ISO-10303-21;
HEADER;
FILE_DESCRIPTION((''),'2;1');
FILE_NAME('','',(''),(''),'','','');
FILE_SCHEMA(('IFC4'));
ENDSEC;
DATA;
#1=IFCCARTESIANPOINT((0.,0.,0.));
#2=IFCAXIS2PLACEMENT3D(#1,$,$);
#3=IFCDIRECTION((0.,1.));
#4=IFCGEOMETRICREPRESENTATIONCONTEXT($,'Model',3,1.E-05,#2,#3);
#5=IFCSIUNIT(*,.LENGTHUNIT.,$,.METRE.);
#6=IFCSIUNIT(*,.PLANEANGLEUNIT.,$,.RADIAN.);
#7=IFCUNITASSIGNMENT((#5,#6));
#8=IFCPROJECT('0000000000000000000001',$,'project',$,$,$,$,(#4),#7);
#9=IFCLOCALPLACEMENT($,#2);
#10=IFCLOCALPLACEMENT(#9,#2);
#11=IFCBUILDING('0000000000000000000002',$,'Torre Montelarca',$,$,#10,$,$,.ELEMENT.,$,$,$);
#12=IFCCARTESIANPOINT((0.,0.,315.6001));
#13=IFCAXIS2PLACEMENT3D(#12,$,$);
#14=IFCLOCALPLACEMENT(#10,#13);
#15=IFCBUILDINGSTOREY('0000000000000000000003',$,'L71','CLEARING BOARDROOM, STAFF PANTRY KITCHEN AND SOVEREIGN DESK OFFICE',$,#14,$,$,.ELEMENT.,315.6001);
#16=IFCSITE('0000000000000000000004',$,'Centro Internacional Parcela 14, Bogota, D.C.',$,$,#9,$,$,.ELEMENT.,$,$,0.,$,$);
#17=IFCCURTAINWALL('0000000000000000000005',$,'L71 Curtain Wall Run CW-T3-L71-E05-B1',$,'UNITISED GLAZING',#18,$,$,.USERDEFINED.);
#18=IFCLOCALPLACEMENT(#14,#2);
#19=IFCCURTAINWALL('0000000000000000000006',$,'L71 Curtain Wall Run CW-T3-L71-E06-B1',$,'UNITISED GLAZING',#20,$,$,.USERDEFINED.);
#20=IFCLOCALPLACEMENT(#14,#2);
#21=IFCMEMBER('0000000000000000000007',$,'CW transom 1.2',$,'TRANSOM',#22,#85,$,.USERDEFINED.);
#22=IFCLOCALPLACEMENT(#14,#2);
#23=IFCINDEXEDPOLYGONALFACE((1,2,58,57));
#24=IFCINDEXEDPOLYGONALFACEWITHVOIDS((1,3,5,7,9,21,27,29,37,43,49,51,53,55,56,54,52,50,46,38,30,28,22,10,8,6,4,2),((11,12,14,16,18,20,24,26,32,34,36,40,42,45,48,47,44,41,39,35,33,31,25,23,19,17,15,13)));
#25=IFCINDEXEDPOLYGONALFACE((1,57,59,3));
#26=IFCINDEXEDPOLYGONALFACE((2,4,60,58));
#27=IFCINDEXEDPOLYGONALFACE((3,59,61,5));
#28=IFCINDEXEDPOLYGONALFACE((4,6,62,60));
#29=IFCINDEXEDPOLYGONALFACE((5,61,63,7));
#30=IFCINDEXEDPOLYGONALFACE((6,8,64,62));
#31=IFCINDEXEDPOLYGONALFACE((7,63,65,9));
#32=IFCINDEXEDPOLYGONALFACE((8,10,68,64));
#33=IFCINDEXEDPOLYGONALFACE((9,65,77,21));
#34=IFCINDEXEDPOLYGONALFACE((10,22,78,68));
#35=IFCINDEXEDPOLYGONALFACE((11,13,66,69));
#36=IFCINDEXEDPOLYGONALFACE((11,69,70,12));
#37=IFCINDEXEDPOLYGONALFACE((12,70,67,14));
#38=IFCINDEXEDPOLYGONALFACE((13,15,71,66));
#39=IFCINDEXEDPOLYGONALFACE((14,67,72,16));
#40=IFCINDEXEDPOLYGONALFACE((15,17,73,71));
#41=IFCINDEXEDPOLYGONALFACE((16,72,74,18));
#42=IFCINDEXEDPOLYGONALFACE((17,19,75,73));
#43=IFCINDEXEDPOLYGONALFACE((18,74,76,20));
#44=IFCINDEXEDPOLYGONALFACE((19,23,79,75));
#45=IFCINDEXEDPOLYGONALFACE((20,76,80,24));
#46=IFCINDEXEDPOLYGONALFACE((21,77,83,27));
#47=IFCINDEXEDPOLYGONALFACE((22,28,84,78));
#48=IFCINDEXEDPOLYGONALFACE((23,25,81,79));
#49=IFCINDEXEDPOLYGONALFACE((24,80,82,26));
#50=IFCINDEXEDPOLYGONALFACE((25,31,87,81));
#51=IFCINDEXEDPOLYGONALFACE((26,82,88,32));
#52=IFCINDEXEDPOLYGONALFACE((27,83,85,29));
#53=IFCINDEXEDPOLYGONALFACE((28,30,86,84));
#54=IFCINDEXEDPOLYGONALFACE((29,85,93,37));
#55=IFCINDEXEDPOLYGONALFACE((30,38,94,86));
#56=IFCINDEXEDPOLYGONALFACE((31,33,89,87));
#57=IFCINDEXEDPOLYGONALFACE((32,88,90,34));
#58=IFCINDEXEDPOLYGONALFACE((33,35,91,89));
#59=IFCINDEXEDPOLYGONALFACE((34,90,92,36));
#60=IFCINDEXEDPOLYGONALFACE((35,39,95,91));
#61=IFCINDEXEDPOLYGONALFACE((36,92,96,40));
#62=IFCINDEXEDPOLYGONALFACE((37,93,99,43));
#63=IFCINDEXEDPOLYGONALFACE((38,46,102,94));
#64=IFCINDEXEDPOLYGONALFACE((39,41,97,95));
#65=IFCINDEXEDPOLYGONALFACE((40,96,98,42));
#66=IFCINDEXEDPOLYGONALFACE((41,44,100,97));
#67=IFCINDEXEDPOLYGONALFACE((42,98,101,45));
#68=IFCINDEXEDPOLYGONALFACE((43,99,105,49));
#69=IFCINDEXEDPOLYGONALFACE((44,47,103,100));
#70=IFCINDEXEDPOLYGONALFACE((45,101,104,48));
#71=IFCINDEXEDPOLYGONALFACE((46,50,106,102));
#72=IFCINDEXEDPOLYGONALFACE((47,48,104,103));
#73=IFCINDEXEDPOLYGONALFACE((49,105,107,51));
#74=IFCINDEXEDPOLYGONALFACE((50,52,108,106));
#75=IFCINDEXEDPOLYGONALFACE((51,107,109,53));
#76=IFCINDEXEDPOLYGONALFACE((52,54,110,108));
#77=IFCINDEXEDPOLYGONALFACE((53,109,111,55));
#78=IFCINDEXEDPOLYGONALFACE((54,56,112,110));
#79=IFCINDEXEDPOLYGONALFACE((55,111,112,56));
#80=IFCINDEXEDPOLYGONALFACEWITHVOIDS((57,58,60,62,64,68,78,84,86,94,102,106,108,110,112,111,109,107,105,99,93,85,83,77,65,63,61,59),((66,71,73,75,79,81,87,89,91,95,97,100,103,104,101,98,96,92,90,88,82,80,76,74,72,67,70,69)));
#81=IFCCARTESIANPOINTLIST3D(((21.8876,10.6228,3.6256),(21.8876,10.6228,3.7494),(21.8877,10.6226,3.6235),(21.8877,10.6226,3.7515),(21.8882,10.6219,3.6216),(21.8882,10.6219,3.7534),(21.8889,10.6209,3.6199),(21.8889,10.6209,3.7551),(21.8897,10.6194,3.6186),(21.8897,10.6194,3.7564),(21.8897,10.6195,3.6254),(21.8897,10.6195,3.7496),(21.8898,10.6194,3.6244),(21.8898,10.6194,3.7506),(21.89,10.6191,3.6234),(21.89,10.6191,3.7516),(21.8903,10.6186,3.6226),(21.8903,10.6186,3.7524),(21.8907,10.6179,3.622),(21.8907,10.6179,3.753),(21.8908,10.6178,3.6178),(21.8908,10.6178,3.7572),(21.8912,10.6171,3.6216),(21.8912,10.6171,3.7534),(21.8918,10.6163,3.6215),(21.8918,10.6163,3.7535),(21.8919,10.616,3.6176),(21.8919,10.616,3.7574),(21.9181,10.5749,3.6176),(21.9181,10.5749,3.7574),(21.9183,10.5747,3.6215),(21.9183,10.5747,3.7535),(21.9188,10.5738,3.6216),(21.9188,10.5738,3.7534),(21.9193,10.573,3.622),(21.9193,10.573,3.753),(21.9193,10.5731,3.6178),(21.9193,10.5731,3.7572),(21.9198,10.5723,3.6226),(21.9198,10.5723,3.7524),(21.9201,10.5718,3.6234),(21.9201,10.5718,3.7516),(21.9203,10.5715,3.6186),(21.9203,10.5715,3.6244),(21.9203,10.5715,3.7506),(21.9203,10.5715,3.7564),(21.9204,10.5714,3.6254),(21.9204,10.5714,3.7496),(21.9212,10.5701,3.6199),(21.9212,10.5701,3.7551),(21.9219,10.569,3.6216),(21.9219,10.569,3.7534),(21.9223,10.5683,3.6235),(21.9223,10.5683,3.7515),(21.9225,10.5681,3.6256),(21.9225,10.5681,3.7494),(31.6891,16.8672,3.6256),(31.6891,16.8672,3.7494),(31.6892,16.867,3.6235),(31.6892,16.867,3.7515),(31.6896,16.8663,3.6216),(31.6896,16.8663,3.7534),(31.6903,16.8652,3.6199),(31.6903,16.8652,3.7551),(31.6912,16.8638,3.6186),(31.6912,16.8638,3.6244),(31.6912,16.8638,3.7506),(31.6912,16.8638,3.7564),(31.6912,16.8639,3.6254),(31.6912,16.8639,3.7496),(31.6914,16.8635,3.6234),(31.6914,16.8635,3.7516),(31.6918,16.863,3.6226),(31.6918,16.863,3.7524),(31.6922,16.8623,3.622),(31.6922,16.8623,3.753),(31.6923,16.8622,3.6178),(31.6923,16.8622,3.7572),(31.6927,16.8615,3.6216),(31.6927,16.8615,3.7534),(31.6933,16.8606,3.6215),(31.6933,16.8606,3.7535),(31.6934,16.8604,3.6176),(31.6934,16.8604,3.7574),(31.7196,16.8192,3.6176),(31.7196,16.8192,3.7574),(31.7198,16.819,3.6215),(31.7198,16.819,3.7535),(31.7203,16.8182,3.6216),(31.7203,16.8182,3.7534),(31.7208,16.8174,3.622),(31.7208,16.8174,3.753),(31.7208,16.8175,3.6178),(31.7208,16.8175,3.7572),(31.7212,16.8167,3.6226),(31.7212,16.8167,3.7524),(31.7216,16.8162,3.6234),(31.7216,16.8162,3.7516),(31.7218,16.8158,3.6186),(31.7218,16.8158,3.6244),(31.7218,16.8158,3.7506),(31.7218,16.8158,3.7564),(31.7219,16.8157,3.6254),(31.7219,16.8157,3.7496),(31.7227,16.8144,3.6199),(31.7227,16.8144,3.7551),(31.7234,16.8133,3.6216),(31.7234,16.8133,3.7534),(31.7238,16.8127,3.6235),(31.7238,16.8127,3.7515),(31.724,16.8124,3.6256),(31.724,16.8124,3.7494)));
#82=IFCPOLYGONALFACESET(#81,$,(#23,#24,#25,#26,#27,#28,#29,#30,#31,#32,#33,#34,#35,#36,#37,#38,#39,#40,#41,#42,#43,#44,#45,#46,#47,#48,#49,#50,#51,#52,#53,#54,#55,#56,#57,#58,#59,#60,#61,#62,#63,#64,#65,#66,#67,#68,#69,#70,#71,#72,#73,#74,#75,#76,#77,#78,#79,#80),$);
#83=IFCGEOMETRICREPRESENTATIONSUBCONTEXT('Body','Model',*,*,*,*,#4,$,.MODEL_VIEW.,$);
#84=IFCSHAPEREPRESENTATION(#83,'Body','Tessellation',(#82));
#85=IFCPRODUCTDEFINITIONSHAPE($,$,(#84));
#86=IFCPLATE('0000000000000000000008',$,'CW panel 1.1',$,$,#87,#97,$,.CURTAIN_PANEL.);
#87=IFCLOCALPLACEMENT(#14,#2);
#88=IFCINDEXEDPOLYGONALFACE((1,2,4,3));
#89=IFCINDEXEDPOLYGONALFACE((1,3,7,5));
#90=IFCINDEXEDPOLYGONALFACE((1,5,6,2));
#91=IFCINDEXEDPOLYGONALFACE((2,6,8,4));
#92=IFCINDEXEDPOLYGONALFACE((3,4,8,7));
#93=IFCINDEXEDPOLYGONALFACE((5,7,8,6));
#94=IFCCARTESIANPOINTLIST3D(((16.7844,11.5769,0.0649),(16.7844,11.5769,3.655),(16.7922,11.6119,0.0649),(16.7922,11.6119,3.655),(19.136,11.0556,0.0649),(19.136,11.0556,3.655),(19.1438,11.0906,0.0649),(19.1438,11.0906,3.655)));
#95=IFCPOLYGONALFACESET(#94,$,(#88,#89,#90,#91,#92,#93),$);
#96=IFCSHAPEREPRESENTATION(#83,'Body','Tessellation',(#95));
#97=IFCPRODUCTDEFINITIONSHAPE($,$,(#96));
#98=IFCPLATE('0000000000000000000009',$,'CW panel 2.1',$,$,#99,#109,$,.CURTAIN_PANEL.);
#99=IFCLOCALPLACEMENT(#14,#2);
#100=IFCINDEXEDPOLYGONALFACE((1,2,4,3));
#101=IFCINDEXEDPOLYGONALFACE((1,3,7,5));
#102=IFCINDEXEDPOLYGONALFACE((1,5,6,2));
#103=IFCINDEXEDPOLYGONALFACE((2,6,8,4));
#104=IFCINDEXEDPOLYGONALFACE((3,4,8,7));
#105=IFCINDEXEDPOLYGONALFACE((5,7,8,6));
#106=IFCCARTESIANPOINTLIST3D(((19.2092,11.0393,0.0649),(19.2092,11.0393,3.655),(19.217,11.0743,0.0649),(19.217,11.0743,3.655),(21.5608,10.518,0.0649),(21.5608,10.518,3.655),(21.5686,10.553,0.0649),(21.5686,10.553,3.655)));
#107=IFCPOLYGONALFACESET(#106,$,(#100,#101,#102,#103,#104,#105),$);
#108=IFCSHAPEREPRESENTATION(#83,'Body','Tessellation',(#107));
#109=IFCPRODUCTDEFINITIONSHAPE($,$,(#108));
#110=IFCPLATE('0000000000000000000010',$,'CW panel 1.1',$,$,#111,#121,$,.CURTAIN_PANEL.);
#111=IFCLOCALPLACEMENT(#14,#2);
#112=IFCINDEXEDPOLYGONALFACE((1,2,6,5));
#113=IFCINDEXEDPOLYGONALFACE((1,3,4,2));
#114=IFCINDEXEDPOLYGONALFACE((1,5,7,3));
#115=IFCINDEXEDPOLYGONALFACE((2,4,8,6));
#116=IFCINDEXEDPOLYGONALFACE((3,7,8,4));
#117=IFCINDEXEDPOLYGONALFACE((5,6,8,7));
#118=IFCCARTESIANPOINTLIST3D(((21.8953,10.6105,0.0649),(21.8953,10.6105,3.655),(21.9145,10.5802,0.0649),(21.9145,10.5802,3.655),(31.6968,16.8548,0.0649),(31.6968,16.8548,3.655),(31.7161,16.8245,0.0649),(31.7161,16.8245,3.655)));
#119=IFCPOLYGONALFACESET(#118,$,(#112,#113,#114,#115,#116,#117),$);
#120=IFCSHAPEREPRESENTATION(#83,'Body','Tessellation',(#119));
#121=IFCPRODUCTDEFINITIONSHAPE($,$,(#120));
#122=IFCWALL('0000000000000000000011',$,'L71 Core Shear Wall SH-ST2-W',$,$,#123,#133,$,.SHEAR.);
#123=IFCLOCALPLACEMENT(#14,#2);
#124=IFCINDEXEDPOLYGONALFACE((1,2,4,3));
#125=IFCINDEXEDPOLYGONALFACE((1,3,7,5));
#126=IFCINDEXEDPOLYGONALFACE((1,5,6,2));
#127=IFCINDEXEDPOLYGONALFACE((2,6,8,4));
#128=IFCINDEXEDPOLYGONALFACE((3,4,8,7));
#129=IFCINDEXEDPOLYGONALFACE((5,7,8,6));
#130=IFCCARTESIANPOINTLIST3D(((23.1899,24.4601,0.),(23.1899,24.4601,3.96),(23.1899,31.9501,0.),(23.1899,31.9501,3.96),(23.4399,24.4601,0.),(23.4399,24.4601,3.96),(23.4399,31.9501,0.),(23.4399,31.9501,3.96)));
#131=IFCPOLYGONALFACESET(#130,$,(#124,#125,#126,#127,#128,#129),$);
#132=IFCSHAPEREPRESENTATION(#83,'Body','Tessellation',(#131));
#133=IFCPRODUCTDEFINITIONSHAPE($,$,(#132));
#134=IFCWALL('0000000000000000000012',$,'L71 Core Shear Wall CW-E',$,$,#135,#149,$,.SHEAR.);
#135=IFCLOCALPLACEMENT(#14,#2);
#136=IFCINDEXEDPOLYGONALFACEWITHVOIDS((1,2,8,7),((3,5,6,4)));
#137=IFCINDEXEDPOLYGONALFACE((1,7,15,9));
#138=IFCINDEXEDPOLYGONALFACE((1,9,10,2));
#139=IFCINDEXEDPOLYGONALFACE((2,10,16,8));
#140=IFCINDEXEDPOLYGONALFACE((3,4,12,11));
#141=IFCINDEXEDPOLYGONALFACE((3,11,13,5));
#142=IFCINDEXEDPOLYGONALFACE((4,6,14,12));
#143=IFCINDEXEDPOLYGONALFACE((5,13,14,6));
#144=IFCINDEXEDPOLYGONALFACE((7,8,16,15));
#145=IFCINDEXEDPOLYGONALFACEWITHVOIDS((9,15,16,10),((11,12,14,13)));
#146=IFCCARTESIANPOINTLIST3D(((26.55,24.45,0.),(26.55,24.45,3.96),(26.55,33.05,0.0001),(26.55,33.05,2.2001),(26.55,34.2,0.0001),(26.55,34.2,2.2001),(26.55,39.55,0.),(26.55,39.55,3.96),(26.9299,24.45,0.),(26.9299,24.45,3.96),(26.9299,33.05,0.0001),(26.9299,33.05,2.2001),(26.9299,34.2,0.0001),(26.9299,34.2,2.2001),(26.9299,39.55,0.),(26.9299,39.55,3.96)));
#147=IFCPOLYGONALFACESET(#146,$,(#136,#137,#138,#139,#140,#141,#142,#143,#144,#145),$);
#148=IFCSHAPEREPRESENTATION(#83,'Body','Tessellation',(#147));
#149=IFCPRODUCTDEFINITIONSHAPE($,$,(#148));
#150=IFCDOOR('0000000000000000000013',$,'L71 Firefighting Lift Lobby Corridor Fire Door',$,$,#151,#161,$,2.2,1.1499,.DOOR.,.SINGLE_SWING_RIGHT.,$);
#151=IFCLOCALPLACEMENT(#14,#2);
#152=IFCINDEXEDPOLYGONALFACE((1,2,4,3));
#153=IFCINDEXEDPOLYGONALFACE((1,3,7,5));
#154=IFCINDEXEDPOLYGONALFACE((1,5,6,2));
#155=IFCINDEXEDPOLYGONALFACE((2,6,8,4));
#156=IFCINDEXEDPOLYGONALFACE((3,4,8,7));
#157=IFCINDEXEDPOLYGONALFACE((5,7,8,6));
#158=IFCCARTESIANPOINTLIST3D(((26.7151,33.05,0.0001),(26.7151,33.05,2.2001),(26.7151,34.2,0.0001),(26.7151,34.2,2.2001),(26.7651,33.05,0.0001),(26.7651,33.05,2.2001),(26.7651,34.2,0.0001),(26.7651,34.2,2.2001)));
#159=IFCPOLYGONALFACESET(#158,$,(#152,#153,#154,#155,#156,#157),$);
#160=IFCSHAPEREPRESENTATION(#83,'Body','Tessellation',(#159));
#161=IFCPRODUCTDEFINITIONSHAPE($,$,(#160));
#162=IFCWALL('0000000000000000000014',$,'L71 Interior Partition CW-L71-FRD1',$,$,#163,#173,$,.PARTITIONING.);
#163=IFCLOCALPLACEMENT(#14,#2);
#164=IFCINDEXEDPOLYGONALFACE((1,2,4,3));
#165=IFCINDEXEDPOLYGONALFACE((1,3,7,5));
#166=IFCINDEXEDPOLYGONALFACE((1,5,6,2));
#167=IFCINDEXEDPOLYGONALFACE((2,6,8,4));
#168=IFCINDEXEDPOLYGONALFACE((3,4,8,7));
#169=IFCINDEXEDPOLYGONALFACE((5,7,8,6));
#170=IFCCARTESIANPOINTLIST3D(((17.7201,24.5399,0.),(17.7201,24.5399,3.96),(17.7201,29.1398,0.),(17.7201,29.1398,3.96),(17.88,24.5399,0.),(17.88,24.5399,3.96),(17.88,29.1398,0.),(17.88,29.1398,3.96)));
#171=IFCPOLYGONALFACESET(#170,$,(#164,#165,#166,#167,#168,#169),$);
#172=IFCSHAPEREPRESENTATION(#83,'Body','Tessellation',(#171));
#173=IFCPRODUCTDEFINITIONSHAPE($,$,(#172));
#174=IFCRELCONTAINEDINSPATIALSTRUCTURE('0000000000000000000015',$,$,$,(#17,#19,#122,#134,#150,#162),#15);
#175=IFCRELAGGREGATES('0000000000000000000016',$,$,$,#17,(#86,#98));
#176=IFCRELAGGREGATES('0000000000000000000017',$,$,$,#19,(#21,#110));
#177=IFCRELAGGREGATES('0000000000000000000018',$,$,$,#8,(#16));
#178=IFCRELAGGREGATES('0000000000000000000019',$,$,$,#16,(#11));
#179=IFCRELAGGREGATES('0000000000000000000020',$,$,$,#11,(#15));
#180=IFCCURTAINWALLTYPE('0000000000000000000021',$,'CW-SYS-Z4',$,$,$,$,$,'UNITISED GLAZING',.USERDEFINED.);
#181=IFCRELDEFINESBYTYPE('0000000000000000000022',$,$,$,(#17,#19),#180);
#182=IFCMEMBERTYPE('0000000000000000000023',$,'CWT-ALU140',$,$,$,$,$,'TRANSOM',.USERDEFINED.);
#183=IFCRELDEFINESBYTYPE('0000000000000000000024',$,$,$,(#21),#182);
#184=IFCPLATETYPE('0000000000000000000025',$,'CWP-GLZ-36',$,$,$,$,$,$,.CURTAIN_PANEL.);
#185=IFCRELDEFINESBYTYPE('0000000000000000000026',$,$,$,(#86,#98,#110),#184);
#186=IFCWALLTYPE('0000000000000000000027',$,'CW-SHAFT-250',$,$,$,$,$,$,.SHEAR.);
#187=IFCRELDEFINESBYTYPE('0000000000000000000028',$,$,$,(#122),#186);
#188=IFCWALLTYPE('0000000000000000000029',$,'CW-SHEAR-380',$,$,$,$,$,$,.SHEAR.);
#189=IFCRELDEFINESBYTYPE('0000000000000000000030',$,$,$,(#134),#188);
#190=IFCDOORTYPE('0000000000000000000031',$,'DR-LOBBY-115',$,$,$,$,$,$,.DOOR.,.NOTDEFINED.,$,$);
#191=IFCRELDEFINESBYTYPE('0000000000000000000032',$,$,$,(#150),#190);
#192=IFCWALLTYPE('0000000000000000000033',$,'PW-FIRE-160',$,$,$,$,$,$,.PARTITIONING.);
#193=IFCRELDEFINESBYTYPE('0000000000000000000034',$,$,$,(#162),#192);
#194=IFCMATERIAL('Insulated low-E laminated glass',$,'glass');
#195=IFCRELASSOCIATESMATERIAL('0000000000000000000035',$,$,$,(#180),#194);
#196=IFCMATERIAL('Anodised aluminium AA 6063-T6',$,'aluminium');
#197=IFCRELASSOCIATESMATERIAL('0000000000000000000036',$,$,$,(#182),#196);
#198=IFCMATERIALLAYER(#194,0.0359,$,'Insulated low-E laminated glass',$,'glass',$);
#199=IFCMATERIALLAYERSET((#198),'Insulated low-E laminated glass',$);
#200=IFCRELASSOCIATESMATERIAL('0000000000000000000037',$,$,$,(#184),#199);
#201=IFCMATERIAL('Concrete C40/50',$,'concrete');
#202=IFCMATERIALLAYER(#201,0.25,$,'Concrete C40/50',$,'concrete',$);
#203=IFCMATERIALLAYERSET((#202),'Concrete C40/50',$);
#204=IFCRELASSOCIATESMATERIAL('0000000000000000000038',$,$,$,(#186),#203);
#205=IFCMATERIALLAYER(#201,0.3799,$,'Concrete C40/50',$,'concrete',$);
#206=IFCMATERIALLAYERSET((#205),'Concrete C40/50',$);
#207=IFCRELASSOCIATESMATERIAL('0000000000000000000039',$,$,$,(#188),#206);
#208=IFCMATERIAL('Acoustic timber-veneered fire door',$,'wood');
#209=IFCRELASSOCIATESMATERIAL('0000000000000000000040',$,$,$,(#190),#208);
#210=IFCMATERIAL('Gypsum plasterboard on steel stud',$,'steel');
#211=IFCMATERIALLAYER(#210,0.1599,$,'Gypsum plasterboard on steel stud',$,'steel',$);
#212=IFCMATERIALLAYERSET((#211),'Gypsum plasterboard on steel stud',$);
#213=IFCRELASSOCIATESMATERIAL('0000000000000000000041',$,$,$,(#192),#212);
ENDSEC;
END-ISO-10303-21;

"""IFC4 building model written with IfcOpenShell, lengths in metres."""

from ifc_helpers import new_model, si_unit, direction, frame, frame_2d, origin, origin_2d, place, context, subcontext, project, spatial, rectangle, hollow_rectangle, extrude, source, transform, mapped, material, layer, layer_set, material_profile, profile_set, type_object, element, fill, aggregate, save


model = new_model("IFC4")

# Units and contexts
model_context = context("Model", 3, precision=1e-05, world=origin(), true_north=direction((0.0, 1.0)))
body_context = subcontext(model_context, "Body", "Model", "MODEL_VIEW")
ifc_project = project(units=[si_unit("LENGTHUNIT", "METRE"), si_unit("PLANEANGLEUNIT", "RADIAN")], contexts=[model_context])

# Site, building, storey
site_placement = place(None, origin())
site = spatial("IfcSite", under=ifc_project, at=site_placement, Name="Centro Internacional Parcela 14, Bogota, D.C.", CompositionType="ELEMENT", RefElevation=0.0)
building_placement = place(site_placement, origin())
building = spatial("IfcBuilding", under=site, at=building_placement, Name="Torre Montelarca", CompositionType="ELEMENT")
storey_placement = place(building_placement, frame((0.0, 0.0, 315.6001)))
storey = spatial("IfcBuildingStorey", under=building, at=storey_placement, Name="L71", Description="CLEARING BOARDROOM, STAFF PANTRY KITCHEN AND SOVEREIGN DESK OFFICE", CompositionType="ELEMENT", Elevation=315.6001)

# Curtain wall
ifc_material_1 = material(Name="Insulated low-E laminated glass", Category="glass")
curtain_wall_type = type_object("IfcCurtainWallType", Name="CW-SYS-Z4", ElementType="UNITISED GLAZING", PredefinedType="USERDEFINED", material=ifc_material_1)
curtain_wall_1_placement = place(storey_placement, origin())
curtain_wall_1 = element("IfcCurtainWall", 1, at=curtain_wall_1_placement, inside=storey, type_object=curtain_wall_type, Name="L71 Curtain Wall Run CW-T3-L71-E05-B1", ObjectType="UNITISED GLAZING", PredefinedType="USERDEFINED")
ifc_material_2 = material(Name="Anodised aluminium AA 6063-T6", Category="aluminium")

# Curtain wall
curtain_wall_2_placement = place(storey_placement, origin())
curtain_wall_2 = element("IfcCurtainWall", 2, at=curtain_wall_2_placement, inside=storey, type_object=curtain_wall_type, Name="L71 Curtain Wall Run CW-T3-L71-E06-B1", ObjectType="UNITISED GLAZING", PredefinedType="USERDEFINED")

# Member
ifc_material_profile_1 = material_profile(ifc_material_2, hollow_rectangle(XDim=0.0649, YDim=0.1399, WallThickness=0.0039, InnerFilletRadius=0.0039, OuterFilletRadius=0.0081, at=origin_2d()), Name="ALU65X140X4", Category="aluminium")
ifc_profile_set_1 = profile_set([ifc_material_profile_1], Name="Anodised aluminium AA 6063-T6")
member_type_1 = type_object("IfcMemberType", Name="CWT-ALU140", ElementType="TRANSOM", PredefinedType="USERDEFINED", material=ifc_profile_set_1)
shared_shape_1 = source(origin(), body_context, "Body", "SweptSolid", [
    extrude(hollow_rectangle(XDim=0.0649, YDim=0.1399, WallThickness=0.0039, InnerFilletRadius=0.0039, OuterFilletRadius=0.0081, at=origin_2d()), origin(), (0.0, 0.0, 1.0), 11.6216),
])
member_1_placement = place(storey_placement, frame((21.905, 10.5955, 3.6875), z_axis=(0.843386, 0.537308, 0.0), x_axis=(-0.537308, 0.843386, 0.0)))
member_1 = element("IfcMember", 3, at=member_1_placement, type_object=member_type_1, Name="CW transom 1.2", ObjectType="TRANSOM", PredefinedType="USERDEFINED", context=body_context, shape_type="MappedRepresentation", body=[
    mapped(shared_shape_1, transform((0.0, 0.0, 0.0), scale=1.0)),
])

# Plates
ifc_layer_1 = layer(ifc_material_1, 0.0359, Name="Insulated low-E laminated glass", Category="glass")
ifc_layer_set_1 = layer_set([ifc_layer_1], Name="Insulated low-E laminated glass")
plate_type = type_object("IfcPlateType", Name="CWP-GLZ-36", PredefinedType="CURTAIN_PANEL", material=ifc_layer_set_1)
shared_shape_2 = source(origin(), body_context, "Body", "SweptSolid", [
    extrude(rectangle(XDim=2.4087, YDim=0.0359, at=origin_2d()), origin(), (0.0, 0.0, 1.0), 3.5901),
])
plate_1_placement = place(storey_placement, frame((17.9641, 11.3337, 0.0649), z_axis=(0.0, 0.0, 1.0), x_axis=(0.976296, -0.216439, 0.0)))
plate_1 = element("IfcPlate", 4, at=plate_1_placement, type_object=plate_type, Name="CW panel 1.1", PredefinedType="CURTAIN_PANEL", context=body_context, shape_type="MappedRepresentation", body=[
    mapped(shared_shape_2, transform((0.0, 0.0, 0.0), scale=1.0)),
])
plate_2_placement = place(storey_placement, frame((20.3889, 10.7961, 0.0649), z_axis=(0.0, 0.0, 1.0), x_axis=(0.976296, -0.216439, 0.0)))
plate_2 = element("IfcPlate", 5, at=plate_2_placement, type_object=plate_type, Name="CW panel 2.1", PredefinedType="CURTAIN_PANEL", context=body_context, shape_type="MappedRepresentation", body=[
    mapped(shared_shape_2, transform((0.0, 0.0, 0.0), scale=1.0)),
])
aggregate(curtain_wall_1, [plate_1, plate_2])
shared_shape_3 = source(origin(), body_context, "Body", "SweptSolid", [
    extrude(rectangle(XDim=11.6216, YDim=0.0359, at=origin_2d()), origin(), (0.0, 0.0, 1.0), 3.5901),
])
plate_3_placement = place(storey_placement, frame((26.8057, 13.7175, 0.0649), z_axis=(0.0, 0.0, 1.0), x_axis=(0.84339, 0.537302, 0.0)))
plate_3 = element("IfcPlate", 6, at=plate_3_placement, type_object=plate_type, Name="CW panel 1.1", PredefinedType="CURTAIN_PANEL", context=body_context, shape_type="MappedRepresentation", body=[
    mapped(shared_shape_3, transform((0.0, 0.0, 0.0), scale=1.0)),
])
aggregate(curtain_wall_2, [member_1, plate_3])

# Wall
ifc_material_3 = material(Name="Concrete C40/50", Category="concrete")
ifc_layer_2 = layer(ifc_material_3, 0.25, Name="Concrete C40/50", Category="concrete")
ifc_layer_set_2 = layer_set([ifc_layer_2], Name="Concrete C40/50")
wall_type_1 = type_object("IfcWallType", Name="CW-SHAFT-250", PredefinedType="SHEAR", material=ifc_layer_set_2)
wall_1_placement = place(storey_placement, frame((23.3149, 24.46, 0.0), z_axis=(0.0, 0.0, 1.0), x_axis=(0.0, 1.0, 0.0)))
element("IfcWall", 7, at=wall_1_placement, inside=storey, type_object=wall_type_1, Name="L71 Core Shear Wall SH-ST2-W", PredefinedType="SHEAR", context=body_context, shape_type="SweptSolid", body=[
    extrude(rectangle(XDim=7.49, YDim=0.25, at=frame_2d((3.7451, 0.0))), origin(), (0.0, 0.0, 1.0), 3.96),
])

# Wall, opening, door
ifc_layer_3 = layer(ifc_material_3, 0.3799, Name="Concrete C40/50", Category="concrete")
ifc_layer_set_3 = layer_set([ifc_layer_3], Name="Concrete C40/50")
wall_type_2 = type_object("IfcWallType", Name="CW-SHEAR-380", PredefinedType="SHEAR", material=ifc_layer_set_3)
wall_2_placement = place(storey_placement, frame((26.74, 24.45, 0.0), z_axis=(0.0, 0.0, 1.0), x_axis=(0.0, 1.0, 0.0)))
wall_2 = element("IfcWall", 8, at=wall_2_placement, inside=storey, type_object=wall_type_2, Name="L71 Core Shear Wall CW-E", PredefinedType="SHEAR", context=body_context, shape_type="SweptSolid", body=[
    extrude(rectangle(XDim=15.1001, YDim=0.3799, at=frame_2d((7.55, 0.0))), origin(), (0.0, 0.0, 1.0), 3.96),
])
opening_1_placement = place(wall_2_placement, frame((8.6001, 0.0, 0.0)))
opening_1 = element("IfcOpeningElement", 9, at=opening_1_placement, cuts=wall_2, PredefinedType="OPENING", context=body_context, shape_type="SweptSolid", body=[
    extrude(rectangle(XDim=1.1499, YDim=2.2, at=frame_2d((0.575, 1.1001))), frame((0.0, 0.2, 0.0), z_axis=(0.0, -1.0, 0.0), x_axis=(1.0, 0.0, 0.0)), (0.0, 0.0, 1.0), 0.3999),
])
ifc_material_4 = material(Name="Acoustic timber-veneered fire door", Category="wood")
door_type_1 = type_object("IfcDoorType", Name="DR-LOBBY-115", OperationType="NOTDEFINED", PredefinedType="DOOR", material=ifc_material_4)
shared_shape_4 = source(origin(), body_context, "Body", "SweptSolid", [
    extrude(rectangle(XDim=1.1499, YDim=2.2, at=frame_2d((0.575, 1.1001))), frame((0.0, 0.0249, 0.0), z_axis=(0.0, -1.0, 0.0), x_axis=(1.0, 0.0, 0.0)), (0.0, 0.0, 1.0), 0.05),
])
door_1_placement = place(opening_1_placement, origin())
door_1 = element("IfcDoor", 10, at=door_1_placement, inside=storey, type_object=door_type_1, Name="L71 Firefighting Lift Lobby Corridor Fire Door", OperationType="SINGLE_SWING_RIGHT", OverallHeight=2.2, OverallWidth=1.1499, PredefinedType="DOOR", context=body_context, shape_type="MappedRepresentation", body=[
    mapped(shared_shape_4, transform((0.0, 0.0, 0.0), scale=1.0)),
])
fill(opening_1, door_1)

# Wall
ifc_material_5 = material(Name="Gypsum plasterboard on steel stud", Category="steel")
ifc_layer_4 = layer(ifc_material_5, 0.1599, Name="Gypsum plasterboard on steel stud", Category="steel")
ifc_layer_set_4 = layer_set([ifc_layer_4], Name="Gypsum plasterboard on steel stud")
wall_type_3 = type_object("IfcWallType", Name="PW-FIRE-160", PredefinedType="PARTITIONING", material=ifc_layer_set_4)
wall_3_placement = place(storey_placement, frame((17.8, 24.54, 0.0), z_axis=(0.0, 0.0, 1.0), x_axis=(0.0, 1.0, 0.0)))
element("IfcWall", 11, at=wall_3_placement, inside=storey, type_object=wall_type_3, Name="L71 Interior Partition CW-L71-FRD1", PredefinedType="PARTITIONING", context=body_context, shape_type="SweptSolid", body=[
    extrude(rectangle(XDim=4.5999, YDim=0.1599, at=frame_2d((2.2998, 0.0))), origin(), (0.0, 0.0, 1.0), 3.96),
])

save(model, "model.ifc")
